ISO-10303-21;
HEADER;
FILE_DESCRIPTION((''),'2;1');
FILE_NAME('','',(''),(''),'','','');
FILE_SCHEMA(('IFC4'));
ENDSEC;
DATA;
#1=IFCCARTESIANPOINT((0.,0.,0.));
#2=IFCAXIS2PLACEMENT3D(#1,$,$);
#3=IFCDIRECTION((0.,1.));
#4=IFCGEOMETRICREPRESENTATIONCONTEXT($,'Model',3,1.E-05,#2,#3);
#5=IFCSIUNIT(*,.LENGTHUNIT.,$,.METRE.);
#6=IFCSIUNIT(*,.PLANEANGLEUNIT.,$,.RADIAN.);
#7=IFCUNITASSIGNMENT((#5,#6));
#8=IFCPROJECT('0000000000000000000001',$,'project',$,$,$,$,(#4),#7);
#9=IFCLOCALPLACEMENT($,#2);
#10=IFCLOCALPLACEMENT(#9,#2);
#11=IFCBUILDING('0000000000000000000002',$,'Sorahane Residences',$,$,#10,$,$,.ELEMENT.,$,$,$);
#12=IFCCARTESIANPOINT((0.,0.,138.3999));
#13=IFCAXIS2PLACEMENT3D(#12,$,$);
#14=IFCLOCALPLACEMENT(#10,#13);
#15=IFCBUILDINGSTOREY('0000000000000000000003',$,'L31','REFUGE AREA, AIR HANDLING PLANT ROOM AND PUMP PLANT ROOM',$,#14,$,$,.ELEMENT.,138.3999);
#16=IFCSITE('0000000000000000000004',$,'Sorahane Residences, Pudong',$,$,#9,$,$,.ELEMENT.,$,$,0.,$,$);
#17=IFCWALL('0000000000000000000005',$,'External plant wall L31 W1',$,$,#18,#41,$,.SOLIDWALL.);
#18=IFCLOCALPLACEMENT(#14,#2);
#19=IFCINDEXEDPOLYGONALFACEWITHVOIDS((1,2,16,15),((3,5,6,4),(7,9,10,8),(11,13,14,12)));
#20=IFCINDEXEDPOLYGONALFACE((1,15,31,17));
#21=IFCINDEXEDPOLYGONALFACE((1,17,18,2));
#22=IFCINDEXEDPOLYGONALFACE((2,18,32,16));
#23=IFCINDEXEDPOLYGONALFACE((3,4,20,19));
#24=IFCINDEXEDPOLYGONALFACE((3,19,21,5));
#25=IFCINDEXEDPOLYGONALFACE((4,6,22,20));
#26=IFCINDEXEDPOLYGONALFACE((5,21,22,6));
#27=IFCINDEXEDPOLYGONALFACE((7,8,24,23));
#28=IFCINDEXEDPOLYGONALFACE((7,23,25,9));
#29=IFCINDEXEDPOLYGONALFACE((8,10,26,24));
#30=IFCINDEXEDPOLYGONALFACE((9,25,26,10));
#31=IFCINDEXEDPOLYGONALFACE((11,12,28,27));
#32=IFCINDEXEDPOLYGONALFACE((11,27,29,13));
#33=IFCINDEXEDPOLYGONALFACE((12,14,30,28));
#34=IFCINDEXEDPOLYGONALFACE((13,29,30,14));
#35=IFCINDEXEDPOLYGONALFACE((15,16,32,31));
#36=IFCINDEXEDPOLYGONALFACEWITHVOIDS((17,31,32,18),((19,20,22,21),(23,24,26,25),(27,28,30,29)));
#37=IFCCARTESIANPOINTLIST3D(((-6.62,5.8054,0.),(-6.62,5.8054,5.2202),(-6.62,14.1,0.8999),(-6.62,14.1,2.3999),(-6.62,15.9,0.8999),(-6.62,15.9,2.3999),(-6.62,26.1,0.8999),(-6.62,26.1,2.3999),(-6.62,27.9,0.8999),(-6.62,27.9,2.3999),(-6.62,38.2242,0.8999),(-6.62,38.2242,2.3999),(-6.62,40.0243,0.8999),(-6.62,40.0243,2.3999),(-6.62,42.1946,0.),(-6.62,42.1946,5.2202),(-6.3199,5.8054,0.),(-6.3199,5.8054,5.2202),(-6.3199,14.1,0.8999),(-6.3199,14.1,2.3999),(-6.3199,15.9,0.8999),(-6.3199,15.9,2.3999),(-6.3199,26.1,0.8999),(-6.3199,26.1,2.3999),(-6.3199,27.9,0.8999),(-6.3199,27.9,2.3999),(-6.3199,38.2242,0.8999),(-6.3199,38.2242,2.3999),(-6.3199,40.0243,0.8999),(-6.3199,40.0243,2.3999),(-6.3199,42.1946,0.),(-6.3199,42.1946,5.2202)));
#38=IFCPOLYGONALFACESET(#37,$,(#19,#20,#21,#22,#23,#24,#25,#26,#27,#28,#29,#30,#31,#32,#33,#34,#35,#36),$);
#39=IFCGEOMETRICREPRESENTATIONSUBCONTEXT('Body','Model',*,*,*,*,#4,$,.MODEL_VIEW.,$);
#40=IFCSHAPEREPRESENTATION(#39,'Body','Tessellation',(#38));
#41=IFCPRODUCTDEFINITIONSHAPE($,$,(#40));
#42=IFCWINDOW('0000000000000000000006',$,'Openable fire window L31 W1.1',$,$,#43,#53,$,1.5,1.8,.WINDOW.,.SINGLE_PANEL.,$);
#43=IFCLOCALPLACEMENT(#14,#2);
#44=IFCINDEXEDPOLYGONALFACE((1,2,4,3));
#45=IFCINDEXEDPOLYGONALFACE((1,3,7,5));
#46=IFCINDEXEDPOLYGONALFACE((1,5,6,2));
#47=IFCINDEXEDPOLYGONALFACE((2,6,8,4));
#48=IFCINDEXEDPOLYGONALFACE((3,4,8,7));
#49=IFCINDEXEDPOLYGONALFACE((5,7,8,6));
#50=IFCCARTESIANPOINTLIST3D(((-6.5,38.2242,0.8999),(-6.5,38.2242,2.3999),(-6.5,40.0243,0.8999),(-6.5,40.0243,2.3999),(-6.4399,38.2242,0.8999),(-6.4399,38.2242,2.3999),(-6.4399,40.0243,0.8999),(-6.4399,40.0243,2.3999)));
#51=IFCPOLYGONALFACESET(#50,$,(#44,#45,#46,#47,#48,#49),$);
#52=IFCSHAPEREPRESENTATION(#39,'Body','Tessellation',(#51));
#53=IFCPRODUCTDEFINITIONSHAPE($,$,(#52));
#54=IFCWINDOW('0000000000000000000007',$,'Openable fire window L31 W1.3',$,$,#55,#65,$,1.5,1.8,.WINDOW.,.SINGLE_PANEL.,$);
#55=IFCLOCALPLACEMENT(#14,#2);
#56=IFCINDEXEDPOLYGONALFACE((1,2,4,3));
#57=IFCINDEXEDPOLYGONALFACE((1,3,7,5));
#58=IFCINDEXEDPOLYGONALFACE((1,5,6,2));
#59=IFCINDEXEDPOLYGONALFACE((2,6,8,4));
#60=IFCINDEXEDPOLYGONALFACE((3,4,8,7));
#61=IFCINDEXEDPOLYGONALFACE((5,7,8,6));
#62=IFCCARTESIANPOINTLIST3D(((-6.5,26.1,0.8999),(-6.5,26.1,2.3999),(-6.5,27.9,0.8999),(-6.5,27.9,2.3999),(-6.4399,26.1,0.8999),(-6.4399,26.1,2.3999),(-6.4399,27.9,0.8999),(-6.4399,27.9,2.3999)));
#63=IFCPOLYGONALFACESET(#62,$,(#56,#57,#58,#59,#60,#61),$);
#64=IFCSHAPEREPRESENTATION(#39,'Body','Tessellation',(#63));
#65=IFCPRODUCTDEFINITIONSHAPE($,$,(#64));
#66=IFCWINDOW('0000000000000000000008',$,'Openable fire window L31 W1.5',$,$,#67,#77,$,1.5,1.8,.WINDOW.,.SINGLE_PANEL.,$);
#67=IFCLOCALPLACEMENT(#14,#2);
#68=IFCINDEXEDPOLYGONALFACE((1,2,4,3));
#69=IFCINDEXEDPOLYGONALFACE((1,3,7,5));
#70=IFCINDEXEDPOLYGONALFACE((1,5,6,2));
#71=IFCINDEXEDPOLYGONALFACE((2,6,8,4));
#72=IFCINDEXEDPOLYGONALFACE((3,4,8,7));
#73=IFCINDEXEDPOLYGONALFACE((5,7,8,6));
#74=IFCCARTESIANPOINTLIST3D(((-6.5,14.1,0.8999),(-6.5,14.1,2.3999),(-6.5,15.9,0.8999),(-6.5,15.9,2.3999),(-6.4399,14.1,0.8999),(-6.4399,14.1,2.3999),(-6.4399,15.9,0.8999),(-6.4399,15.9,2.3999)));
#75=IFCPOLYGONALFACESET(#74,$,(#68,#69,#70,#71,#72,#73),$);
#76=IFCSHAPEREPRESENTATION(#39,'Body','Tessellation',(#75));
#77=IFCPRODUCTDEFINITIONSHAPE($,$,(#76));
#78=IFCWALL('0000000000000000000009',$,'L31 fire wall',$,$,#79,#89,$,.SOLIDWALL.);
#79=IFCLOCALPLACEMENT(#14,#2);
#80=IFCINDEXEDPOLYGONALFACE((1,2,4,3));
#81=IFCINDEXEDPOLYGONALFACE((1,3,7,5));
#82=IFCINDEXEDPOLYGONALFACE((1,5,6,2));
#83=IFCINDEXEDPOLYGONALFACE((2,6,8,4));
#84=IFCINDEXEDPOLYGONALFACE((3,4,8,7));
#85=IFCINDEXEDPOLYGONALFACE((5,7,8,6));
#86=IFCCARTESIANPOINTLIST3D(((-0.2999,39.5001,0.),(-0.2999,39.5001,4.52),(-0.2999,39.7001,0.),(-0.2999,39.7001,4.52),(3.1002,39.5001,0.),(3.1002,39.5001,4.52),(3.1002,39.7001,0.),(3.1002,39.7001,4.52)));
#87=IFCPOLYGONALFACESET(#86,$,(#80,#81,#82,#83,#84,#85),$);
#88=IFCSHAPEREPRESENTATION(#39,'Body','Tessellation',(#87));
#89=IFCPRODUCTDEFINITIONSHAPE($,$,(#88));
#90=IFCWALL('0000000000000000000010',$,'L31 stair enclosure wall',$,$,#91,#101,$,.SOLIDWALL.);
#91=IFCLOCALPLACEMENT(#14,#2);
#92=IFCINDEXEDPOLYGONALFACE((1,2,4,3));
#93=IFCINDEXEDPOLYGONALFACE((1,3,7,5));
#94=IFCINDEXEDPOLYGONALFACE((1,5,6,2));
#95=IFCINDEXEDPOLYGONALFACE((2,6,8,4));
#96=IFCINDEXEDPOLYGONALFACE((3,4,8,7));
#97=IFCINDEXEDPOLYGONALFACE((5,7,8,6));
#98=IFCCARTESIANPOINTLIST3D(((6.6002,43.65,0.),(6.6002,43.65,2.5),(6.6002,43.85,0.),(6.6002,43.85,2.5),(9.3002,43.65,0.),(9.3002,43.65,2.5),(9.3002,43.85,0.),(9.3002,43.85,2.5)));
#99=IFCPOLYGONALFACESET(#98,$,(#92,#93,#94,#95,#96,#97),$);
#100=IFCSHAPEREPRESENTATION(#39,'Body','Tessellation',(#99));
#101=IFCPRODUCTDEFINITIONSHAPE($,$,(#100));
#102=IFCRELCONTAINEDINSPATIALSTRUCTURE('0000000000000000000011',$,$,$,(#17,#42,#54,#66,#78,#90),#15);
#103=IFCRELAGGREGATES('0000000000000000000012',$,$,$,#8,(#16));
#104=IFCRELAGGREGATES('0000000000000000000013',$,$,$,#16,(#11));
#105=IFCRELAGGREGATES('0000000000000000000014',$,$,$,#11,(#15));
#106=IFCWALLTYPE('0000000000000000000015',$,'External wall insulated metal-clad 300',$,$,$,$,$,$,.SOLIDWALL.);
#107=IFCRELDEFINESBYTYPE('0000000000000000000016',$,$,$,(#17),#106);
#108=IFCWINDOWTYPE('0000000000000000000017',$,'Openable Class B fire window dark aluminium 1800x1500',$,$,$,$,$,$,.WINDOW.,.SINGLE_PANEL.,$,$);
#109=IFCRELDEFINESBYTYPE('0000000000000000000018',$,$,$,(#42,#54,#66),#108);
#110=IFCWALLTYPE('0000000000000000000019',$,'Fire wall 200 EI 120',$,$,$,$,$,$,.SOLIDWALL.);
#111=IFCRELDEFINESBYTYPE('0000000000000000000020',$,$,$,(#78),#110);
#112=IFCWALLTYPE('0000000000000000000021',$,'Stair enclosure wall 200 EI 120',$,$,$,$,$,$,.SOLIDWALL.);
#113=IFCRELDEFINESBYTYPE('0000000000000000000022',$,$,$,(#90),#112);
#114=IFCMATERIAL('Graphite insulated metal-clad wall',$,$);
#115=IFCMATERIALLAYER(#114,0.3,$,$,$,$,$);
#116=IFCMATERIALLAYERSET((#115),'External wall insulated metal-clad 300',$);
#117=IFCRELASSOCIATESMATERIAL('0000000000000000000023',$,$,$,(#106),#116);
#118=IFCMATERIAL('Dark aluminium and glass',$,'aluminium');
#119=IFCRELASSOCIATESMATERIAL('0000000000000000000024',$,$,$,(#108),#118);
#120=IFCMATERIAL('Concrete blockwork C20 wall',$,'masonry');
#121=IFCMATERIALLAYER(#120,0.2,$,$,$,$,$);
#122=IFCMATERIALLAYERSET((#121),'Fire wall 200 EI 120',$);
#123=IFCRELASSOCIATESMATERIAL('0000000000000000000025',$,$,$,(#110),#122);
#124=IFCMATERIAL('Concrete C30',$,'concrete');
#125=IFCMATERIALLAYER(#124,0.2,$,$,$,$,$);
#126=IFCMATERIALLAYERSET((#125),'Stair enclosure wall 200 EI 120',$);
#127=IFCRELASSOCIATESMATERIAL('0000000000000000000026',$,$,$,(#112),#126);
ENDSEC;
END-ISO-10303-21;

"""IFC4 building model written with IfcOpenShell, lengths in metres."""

from ifc_helpers import new_model, si_unit, direction, frame, frame_2d, origin, place, context, subcontext, project, spatial, rectangle, extrude, material, layer, layer_set, type_object, element, fill, save


model = new_model("IFC4")

# Units and contexts
model_context = context("Model", 3, precision=1e-05, world=origin(), true_north=direction((0.0, 1.0)))
body_context = subcontext(model_context, "Body", "Model", "MODEL_VIEW")
ifc_project = project(units=[si_unit("LENGTHUNIT", "METRE"), si_unit("PLANEANGLEUNIT", "RADIAN")], contexts=[model_context])

# Site, building, storey
site_placement = place(None, origin())
site = spatial("IfcSite", under=ifc_project, at=site_placement, Name="Sorahane Residences, Pudong", CompositionType="ELEMENT", RefElevation=0.0)
building_placement = place(site_placement, origin())
building = spatial("IfcBuilding", under=site, at=building_placement, Name="Sorahane Residences", CompositionType="ELEMENT")
storey_placement = place(building_placement, frame((0.0, 0.0, 138.3999)))
storey = spatial("IfcBuildingStorey", under=building, at=storey_placement, Name="L31", Description="REFUGE AREA, AIR HANDLING PLANT ROOM AND PUMP PLANT ROOM", CompositionType="ELEMENT", Elevation=138.3999)

# Shared definitions
ifc_material_1 = material(Name="Graphite insulated metal-clad wall")
ifc_layer_1 = layer(ifc_material_1, 0.3)
ifc_layer_set_1 = layer_set([ifc_layer_1], Name="External wall insulated metal-clad 300")
wall_type_1 = type_object("IfcWallType", Name="External wall insulated metal-clad 300", PredefinedType="SOLIDWALL", material=ifc_layer_set_1)
ifc_material_2 = material(Name="Dark aluminium and glass", Category="aluminium")
window_type = type_object("IfcWindowType", Name="Openable Class B fire window dark aluminium 1800x1500", PartitioningType="SINGLE_PANEL", PredefinedType="WINDOW", material=ifc_material_2)

# Wall, openings, windows
wall_1_placement = place(storey_placement, frame((-6.47, 42.1946, 0.0), z_axis=(0.0, 0.0, 1.0), x_axis=(0.0, -1.0, 0.0)))
wall_1 = element("IfcWall", 1, at=wall_1_placement, inside=storey, type_object=wall_type_1, Name="External plant wall L31 W1", PredefinedType="SOLIDWALL", context=body_context, shape_type="SweptSolid", body=[
    extrude(rectangle(XDim=36.3892, YDim=0.3, at=frame_2d((18.1946, 0.0))), origin(), (0.0, 0.0, 1.0), 5.2202),
])
opening_1_placement = place(wall_1_placement, frame((2.1704, 0.0, 0.8999)))
opening_1 = element("IfcOpeningElement", 2, at=opening_1_placement, cuts=wall_1, PredefinedType="OPENING", context=body_context, shape_type="SweptSolid", body=[
    extrude(rectangle(XDim=1.8, YDim=1.5, at=frame_2d((0.8999, 0.75))), frame((0.0, 0.1599, 0.0), z_axis=(0.0, -1.0, 0.0), x_axis=(1.0, 0.0, 0.0)), (0.0, 0.0, 1.0), 0.3201),
])
opening_2_placement = place(wall_1_placement, frame((14.2947, 0.0, 0.8999)))
opening_2 = element("IfcOpeningElement", 3, at=opening_2_placement, cuts=wall_1, PredefinedType="OPENING", context=body_context, shape_type="SweptSolid", body=[
    extrude(rectangle(XDim=1.8, YDim=1.5, at=frame_2d((0.8999, 0.75))), frame((0.0, 0.1599, 0.0), z_axis=(0.0, -1.0, 0.0), x_axis=(1.0, 0.0, 0.0)), (0.0, 0.0, 1.0), 0.3201),
])
opening_3_placement = place(wall_1_placement, frame((26.2947, 0.0, 0.8999)))
opening_3 = element("IfcOpeningElement", 4, at=opening_3_placement, cuts=wall_1, PredefinedType="OPENING", context=body_context, shape_type="SweptSolid", body=[
    extrude(rectangle(XDim=1.8, YDim=1.5, at=frame_2d((0.8999, 0.75))), frame((0.0, 0.1599, 0.0), z_axis=(0.0, -1.0, 0.0), x_axis=(1.0, 0.0, 0.0)), (0.0, 0.0, 1.0), 0.3201),
])
window_1_placement = place(opening_1_placement, origin())
window_1 = element("IfcWindow", 5, at=window_1_placement, inside=storey, type_object=window_type, Name="Openable fire window L31 W1.1", OverallHeight=1.5, OverallWidth=1.8, PartitioningType="SINGLE_PANEL", PredefinedType="WINDOW", context=body_context, shape_type="SweptSolid", body=[
    extrude(rectangle(XDim=1.8, YDim=1.5, at=frame_2d((0.8999, 0.75))), frame((0.0, 0.03, 0.0), z_axis=(0.0, -1.0, 0.0), x_axis=(1.0, 0.0, 0.0)), (0.0, 0.0, 1.0), 0.0601),
])
fill(opening_1, window_1)
window_2_placement = place(opening_2_placement, origin())
window_2 = element("IfcWindow", 6, at=window_2_placement, inside=storey, type_object=window_type, Name="Openable fire window L31 W1.3", OverallHeight=1.5, OverallWidth=1.8, PartitioningType="SINGLE_PANEL", PredefinedType="WINDOW", context=body_context, shape_type="SweptSolid", body=[
    extrude(rectangle(XDim=1.8, YDim=1.5, at=frame_2d((0.8999, 0.75))), frame((0.0, 0.03, 0.0), z_axis=(0.0, -1.0, 0.0), x_axis=(1.0, 0.0, 0.0)), (0.0, 0.0, 1.0), 0.0601),
])
fill(opening_2, window_2)
window_3_placement = place(opening_3_placement, origin())
window_3 = element("IfcWindow", 7, at=window_3_placement, inside=storey, type_object=window_type, Name="Openable fire window L31 W1.5", OverallHeight=1.5, OverallWidth=1.8, PartitioningType="SINGLE_PANEL", PredefinedType="WINDOW", context=body_context, shape_type="SweptSolid", body=[
    extrude(rectangle(XDim=1.8, YDim=1.5, at=frame_2d((0.8999, 0.75))), frame((0.0, 0.03, 0.0), z_axis=(0.0, -1.0, 0.0), x_axis=(1.0, 0.0, 0.0)), (0.0, 0.0, 1.0), 0.0601),
])
fill(opening_3, window_3)

# Walls
ifc_material_3 = material(Name="Concrete blockwork C20 wall", Category="masonry")
ifc_layer_2 = layer(ifc_material_3, 0.2)
ifc_layer_set_2 = layer_set([ifc_layer_2], Name="Fire wall 200 EI 120")
wall_type_2 = type_object("IfcWallType", Name="Fire wall 200 EI 120", PredefinedType="SOLIDWALL", material=ifc_layer_set_2)
wall_2_placement = place(storey_placement, frame((-0.3, 39.6001, 0.0), z_axis=(0.0, 0.0, 1.0), x_axis=(1.0, 0.0, 0.0)))
element("IfcWall", 8, at=wall_2_placement, inside=storey, type_object=wall_type_2, Name="L31 fire wall", PredefinedType="SOLIDWALL", context=body_context, shape_type="SweptSolid", body=[
    extrude(rectangle(XDim=3.4001, YDim=0.2, at=frame_2d((1.7002, 0.0))), origin(), (0.0, 0.0, 1.0), 4.52),
])
ifc_material_4 = material(Name="Concrete C30", Category="concrete")
ifc_layer_3 = layer(ifc_material_4, 0.2)
ifc_layer_set_3 = layer_set([ifc_layer_3], Name="Stair enclosure wall 200 EI 120")
wall_type_3 = type_object("IfcWallType", Name="Stair enclosure wall 200 EI 120", PredefinedType="SOLIDWALL", material=ifc_layer_set_3)
wall_3_placement = place(storey_placement, frame((6.6001, 43.75, 0.0), z_axis=(0.0, 0.0, 1.0), x_axis=(1.0, 0.0, 0.0)))
element("IfcWall", 9, at=wall_3_placement, inside=storey, type_object=wall_type_3, Name="L31 stair enclosure wall", PredefinedType="SOLIDWALL", context=body_context, shape_type="SweptSolid", body=[
    extrude(rectangle(XDim=2.7, YDim=0.2, at=frame_2d((1.3501, 0.0))), origin(), (0.0, 0.0, 1.0), 2.5),
])

save(model, "model.ifc")
